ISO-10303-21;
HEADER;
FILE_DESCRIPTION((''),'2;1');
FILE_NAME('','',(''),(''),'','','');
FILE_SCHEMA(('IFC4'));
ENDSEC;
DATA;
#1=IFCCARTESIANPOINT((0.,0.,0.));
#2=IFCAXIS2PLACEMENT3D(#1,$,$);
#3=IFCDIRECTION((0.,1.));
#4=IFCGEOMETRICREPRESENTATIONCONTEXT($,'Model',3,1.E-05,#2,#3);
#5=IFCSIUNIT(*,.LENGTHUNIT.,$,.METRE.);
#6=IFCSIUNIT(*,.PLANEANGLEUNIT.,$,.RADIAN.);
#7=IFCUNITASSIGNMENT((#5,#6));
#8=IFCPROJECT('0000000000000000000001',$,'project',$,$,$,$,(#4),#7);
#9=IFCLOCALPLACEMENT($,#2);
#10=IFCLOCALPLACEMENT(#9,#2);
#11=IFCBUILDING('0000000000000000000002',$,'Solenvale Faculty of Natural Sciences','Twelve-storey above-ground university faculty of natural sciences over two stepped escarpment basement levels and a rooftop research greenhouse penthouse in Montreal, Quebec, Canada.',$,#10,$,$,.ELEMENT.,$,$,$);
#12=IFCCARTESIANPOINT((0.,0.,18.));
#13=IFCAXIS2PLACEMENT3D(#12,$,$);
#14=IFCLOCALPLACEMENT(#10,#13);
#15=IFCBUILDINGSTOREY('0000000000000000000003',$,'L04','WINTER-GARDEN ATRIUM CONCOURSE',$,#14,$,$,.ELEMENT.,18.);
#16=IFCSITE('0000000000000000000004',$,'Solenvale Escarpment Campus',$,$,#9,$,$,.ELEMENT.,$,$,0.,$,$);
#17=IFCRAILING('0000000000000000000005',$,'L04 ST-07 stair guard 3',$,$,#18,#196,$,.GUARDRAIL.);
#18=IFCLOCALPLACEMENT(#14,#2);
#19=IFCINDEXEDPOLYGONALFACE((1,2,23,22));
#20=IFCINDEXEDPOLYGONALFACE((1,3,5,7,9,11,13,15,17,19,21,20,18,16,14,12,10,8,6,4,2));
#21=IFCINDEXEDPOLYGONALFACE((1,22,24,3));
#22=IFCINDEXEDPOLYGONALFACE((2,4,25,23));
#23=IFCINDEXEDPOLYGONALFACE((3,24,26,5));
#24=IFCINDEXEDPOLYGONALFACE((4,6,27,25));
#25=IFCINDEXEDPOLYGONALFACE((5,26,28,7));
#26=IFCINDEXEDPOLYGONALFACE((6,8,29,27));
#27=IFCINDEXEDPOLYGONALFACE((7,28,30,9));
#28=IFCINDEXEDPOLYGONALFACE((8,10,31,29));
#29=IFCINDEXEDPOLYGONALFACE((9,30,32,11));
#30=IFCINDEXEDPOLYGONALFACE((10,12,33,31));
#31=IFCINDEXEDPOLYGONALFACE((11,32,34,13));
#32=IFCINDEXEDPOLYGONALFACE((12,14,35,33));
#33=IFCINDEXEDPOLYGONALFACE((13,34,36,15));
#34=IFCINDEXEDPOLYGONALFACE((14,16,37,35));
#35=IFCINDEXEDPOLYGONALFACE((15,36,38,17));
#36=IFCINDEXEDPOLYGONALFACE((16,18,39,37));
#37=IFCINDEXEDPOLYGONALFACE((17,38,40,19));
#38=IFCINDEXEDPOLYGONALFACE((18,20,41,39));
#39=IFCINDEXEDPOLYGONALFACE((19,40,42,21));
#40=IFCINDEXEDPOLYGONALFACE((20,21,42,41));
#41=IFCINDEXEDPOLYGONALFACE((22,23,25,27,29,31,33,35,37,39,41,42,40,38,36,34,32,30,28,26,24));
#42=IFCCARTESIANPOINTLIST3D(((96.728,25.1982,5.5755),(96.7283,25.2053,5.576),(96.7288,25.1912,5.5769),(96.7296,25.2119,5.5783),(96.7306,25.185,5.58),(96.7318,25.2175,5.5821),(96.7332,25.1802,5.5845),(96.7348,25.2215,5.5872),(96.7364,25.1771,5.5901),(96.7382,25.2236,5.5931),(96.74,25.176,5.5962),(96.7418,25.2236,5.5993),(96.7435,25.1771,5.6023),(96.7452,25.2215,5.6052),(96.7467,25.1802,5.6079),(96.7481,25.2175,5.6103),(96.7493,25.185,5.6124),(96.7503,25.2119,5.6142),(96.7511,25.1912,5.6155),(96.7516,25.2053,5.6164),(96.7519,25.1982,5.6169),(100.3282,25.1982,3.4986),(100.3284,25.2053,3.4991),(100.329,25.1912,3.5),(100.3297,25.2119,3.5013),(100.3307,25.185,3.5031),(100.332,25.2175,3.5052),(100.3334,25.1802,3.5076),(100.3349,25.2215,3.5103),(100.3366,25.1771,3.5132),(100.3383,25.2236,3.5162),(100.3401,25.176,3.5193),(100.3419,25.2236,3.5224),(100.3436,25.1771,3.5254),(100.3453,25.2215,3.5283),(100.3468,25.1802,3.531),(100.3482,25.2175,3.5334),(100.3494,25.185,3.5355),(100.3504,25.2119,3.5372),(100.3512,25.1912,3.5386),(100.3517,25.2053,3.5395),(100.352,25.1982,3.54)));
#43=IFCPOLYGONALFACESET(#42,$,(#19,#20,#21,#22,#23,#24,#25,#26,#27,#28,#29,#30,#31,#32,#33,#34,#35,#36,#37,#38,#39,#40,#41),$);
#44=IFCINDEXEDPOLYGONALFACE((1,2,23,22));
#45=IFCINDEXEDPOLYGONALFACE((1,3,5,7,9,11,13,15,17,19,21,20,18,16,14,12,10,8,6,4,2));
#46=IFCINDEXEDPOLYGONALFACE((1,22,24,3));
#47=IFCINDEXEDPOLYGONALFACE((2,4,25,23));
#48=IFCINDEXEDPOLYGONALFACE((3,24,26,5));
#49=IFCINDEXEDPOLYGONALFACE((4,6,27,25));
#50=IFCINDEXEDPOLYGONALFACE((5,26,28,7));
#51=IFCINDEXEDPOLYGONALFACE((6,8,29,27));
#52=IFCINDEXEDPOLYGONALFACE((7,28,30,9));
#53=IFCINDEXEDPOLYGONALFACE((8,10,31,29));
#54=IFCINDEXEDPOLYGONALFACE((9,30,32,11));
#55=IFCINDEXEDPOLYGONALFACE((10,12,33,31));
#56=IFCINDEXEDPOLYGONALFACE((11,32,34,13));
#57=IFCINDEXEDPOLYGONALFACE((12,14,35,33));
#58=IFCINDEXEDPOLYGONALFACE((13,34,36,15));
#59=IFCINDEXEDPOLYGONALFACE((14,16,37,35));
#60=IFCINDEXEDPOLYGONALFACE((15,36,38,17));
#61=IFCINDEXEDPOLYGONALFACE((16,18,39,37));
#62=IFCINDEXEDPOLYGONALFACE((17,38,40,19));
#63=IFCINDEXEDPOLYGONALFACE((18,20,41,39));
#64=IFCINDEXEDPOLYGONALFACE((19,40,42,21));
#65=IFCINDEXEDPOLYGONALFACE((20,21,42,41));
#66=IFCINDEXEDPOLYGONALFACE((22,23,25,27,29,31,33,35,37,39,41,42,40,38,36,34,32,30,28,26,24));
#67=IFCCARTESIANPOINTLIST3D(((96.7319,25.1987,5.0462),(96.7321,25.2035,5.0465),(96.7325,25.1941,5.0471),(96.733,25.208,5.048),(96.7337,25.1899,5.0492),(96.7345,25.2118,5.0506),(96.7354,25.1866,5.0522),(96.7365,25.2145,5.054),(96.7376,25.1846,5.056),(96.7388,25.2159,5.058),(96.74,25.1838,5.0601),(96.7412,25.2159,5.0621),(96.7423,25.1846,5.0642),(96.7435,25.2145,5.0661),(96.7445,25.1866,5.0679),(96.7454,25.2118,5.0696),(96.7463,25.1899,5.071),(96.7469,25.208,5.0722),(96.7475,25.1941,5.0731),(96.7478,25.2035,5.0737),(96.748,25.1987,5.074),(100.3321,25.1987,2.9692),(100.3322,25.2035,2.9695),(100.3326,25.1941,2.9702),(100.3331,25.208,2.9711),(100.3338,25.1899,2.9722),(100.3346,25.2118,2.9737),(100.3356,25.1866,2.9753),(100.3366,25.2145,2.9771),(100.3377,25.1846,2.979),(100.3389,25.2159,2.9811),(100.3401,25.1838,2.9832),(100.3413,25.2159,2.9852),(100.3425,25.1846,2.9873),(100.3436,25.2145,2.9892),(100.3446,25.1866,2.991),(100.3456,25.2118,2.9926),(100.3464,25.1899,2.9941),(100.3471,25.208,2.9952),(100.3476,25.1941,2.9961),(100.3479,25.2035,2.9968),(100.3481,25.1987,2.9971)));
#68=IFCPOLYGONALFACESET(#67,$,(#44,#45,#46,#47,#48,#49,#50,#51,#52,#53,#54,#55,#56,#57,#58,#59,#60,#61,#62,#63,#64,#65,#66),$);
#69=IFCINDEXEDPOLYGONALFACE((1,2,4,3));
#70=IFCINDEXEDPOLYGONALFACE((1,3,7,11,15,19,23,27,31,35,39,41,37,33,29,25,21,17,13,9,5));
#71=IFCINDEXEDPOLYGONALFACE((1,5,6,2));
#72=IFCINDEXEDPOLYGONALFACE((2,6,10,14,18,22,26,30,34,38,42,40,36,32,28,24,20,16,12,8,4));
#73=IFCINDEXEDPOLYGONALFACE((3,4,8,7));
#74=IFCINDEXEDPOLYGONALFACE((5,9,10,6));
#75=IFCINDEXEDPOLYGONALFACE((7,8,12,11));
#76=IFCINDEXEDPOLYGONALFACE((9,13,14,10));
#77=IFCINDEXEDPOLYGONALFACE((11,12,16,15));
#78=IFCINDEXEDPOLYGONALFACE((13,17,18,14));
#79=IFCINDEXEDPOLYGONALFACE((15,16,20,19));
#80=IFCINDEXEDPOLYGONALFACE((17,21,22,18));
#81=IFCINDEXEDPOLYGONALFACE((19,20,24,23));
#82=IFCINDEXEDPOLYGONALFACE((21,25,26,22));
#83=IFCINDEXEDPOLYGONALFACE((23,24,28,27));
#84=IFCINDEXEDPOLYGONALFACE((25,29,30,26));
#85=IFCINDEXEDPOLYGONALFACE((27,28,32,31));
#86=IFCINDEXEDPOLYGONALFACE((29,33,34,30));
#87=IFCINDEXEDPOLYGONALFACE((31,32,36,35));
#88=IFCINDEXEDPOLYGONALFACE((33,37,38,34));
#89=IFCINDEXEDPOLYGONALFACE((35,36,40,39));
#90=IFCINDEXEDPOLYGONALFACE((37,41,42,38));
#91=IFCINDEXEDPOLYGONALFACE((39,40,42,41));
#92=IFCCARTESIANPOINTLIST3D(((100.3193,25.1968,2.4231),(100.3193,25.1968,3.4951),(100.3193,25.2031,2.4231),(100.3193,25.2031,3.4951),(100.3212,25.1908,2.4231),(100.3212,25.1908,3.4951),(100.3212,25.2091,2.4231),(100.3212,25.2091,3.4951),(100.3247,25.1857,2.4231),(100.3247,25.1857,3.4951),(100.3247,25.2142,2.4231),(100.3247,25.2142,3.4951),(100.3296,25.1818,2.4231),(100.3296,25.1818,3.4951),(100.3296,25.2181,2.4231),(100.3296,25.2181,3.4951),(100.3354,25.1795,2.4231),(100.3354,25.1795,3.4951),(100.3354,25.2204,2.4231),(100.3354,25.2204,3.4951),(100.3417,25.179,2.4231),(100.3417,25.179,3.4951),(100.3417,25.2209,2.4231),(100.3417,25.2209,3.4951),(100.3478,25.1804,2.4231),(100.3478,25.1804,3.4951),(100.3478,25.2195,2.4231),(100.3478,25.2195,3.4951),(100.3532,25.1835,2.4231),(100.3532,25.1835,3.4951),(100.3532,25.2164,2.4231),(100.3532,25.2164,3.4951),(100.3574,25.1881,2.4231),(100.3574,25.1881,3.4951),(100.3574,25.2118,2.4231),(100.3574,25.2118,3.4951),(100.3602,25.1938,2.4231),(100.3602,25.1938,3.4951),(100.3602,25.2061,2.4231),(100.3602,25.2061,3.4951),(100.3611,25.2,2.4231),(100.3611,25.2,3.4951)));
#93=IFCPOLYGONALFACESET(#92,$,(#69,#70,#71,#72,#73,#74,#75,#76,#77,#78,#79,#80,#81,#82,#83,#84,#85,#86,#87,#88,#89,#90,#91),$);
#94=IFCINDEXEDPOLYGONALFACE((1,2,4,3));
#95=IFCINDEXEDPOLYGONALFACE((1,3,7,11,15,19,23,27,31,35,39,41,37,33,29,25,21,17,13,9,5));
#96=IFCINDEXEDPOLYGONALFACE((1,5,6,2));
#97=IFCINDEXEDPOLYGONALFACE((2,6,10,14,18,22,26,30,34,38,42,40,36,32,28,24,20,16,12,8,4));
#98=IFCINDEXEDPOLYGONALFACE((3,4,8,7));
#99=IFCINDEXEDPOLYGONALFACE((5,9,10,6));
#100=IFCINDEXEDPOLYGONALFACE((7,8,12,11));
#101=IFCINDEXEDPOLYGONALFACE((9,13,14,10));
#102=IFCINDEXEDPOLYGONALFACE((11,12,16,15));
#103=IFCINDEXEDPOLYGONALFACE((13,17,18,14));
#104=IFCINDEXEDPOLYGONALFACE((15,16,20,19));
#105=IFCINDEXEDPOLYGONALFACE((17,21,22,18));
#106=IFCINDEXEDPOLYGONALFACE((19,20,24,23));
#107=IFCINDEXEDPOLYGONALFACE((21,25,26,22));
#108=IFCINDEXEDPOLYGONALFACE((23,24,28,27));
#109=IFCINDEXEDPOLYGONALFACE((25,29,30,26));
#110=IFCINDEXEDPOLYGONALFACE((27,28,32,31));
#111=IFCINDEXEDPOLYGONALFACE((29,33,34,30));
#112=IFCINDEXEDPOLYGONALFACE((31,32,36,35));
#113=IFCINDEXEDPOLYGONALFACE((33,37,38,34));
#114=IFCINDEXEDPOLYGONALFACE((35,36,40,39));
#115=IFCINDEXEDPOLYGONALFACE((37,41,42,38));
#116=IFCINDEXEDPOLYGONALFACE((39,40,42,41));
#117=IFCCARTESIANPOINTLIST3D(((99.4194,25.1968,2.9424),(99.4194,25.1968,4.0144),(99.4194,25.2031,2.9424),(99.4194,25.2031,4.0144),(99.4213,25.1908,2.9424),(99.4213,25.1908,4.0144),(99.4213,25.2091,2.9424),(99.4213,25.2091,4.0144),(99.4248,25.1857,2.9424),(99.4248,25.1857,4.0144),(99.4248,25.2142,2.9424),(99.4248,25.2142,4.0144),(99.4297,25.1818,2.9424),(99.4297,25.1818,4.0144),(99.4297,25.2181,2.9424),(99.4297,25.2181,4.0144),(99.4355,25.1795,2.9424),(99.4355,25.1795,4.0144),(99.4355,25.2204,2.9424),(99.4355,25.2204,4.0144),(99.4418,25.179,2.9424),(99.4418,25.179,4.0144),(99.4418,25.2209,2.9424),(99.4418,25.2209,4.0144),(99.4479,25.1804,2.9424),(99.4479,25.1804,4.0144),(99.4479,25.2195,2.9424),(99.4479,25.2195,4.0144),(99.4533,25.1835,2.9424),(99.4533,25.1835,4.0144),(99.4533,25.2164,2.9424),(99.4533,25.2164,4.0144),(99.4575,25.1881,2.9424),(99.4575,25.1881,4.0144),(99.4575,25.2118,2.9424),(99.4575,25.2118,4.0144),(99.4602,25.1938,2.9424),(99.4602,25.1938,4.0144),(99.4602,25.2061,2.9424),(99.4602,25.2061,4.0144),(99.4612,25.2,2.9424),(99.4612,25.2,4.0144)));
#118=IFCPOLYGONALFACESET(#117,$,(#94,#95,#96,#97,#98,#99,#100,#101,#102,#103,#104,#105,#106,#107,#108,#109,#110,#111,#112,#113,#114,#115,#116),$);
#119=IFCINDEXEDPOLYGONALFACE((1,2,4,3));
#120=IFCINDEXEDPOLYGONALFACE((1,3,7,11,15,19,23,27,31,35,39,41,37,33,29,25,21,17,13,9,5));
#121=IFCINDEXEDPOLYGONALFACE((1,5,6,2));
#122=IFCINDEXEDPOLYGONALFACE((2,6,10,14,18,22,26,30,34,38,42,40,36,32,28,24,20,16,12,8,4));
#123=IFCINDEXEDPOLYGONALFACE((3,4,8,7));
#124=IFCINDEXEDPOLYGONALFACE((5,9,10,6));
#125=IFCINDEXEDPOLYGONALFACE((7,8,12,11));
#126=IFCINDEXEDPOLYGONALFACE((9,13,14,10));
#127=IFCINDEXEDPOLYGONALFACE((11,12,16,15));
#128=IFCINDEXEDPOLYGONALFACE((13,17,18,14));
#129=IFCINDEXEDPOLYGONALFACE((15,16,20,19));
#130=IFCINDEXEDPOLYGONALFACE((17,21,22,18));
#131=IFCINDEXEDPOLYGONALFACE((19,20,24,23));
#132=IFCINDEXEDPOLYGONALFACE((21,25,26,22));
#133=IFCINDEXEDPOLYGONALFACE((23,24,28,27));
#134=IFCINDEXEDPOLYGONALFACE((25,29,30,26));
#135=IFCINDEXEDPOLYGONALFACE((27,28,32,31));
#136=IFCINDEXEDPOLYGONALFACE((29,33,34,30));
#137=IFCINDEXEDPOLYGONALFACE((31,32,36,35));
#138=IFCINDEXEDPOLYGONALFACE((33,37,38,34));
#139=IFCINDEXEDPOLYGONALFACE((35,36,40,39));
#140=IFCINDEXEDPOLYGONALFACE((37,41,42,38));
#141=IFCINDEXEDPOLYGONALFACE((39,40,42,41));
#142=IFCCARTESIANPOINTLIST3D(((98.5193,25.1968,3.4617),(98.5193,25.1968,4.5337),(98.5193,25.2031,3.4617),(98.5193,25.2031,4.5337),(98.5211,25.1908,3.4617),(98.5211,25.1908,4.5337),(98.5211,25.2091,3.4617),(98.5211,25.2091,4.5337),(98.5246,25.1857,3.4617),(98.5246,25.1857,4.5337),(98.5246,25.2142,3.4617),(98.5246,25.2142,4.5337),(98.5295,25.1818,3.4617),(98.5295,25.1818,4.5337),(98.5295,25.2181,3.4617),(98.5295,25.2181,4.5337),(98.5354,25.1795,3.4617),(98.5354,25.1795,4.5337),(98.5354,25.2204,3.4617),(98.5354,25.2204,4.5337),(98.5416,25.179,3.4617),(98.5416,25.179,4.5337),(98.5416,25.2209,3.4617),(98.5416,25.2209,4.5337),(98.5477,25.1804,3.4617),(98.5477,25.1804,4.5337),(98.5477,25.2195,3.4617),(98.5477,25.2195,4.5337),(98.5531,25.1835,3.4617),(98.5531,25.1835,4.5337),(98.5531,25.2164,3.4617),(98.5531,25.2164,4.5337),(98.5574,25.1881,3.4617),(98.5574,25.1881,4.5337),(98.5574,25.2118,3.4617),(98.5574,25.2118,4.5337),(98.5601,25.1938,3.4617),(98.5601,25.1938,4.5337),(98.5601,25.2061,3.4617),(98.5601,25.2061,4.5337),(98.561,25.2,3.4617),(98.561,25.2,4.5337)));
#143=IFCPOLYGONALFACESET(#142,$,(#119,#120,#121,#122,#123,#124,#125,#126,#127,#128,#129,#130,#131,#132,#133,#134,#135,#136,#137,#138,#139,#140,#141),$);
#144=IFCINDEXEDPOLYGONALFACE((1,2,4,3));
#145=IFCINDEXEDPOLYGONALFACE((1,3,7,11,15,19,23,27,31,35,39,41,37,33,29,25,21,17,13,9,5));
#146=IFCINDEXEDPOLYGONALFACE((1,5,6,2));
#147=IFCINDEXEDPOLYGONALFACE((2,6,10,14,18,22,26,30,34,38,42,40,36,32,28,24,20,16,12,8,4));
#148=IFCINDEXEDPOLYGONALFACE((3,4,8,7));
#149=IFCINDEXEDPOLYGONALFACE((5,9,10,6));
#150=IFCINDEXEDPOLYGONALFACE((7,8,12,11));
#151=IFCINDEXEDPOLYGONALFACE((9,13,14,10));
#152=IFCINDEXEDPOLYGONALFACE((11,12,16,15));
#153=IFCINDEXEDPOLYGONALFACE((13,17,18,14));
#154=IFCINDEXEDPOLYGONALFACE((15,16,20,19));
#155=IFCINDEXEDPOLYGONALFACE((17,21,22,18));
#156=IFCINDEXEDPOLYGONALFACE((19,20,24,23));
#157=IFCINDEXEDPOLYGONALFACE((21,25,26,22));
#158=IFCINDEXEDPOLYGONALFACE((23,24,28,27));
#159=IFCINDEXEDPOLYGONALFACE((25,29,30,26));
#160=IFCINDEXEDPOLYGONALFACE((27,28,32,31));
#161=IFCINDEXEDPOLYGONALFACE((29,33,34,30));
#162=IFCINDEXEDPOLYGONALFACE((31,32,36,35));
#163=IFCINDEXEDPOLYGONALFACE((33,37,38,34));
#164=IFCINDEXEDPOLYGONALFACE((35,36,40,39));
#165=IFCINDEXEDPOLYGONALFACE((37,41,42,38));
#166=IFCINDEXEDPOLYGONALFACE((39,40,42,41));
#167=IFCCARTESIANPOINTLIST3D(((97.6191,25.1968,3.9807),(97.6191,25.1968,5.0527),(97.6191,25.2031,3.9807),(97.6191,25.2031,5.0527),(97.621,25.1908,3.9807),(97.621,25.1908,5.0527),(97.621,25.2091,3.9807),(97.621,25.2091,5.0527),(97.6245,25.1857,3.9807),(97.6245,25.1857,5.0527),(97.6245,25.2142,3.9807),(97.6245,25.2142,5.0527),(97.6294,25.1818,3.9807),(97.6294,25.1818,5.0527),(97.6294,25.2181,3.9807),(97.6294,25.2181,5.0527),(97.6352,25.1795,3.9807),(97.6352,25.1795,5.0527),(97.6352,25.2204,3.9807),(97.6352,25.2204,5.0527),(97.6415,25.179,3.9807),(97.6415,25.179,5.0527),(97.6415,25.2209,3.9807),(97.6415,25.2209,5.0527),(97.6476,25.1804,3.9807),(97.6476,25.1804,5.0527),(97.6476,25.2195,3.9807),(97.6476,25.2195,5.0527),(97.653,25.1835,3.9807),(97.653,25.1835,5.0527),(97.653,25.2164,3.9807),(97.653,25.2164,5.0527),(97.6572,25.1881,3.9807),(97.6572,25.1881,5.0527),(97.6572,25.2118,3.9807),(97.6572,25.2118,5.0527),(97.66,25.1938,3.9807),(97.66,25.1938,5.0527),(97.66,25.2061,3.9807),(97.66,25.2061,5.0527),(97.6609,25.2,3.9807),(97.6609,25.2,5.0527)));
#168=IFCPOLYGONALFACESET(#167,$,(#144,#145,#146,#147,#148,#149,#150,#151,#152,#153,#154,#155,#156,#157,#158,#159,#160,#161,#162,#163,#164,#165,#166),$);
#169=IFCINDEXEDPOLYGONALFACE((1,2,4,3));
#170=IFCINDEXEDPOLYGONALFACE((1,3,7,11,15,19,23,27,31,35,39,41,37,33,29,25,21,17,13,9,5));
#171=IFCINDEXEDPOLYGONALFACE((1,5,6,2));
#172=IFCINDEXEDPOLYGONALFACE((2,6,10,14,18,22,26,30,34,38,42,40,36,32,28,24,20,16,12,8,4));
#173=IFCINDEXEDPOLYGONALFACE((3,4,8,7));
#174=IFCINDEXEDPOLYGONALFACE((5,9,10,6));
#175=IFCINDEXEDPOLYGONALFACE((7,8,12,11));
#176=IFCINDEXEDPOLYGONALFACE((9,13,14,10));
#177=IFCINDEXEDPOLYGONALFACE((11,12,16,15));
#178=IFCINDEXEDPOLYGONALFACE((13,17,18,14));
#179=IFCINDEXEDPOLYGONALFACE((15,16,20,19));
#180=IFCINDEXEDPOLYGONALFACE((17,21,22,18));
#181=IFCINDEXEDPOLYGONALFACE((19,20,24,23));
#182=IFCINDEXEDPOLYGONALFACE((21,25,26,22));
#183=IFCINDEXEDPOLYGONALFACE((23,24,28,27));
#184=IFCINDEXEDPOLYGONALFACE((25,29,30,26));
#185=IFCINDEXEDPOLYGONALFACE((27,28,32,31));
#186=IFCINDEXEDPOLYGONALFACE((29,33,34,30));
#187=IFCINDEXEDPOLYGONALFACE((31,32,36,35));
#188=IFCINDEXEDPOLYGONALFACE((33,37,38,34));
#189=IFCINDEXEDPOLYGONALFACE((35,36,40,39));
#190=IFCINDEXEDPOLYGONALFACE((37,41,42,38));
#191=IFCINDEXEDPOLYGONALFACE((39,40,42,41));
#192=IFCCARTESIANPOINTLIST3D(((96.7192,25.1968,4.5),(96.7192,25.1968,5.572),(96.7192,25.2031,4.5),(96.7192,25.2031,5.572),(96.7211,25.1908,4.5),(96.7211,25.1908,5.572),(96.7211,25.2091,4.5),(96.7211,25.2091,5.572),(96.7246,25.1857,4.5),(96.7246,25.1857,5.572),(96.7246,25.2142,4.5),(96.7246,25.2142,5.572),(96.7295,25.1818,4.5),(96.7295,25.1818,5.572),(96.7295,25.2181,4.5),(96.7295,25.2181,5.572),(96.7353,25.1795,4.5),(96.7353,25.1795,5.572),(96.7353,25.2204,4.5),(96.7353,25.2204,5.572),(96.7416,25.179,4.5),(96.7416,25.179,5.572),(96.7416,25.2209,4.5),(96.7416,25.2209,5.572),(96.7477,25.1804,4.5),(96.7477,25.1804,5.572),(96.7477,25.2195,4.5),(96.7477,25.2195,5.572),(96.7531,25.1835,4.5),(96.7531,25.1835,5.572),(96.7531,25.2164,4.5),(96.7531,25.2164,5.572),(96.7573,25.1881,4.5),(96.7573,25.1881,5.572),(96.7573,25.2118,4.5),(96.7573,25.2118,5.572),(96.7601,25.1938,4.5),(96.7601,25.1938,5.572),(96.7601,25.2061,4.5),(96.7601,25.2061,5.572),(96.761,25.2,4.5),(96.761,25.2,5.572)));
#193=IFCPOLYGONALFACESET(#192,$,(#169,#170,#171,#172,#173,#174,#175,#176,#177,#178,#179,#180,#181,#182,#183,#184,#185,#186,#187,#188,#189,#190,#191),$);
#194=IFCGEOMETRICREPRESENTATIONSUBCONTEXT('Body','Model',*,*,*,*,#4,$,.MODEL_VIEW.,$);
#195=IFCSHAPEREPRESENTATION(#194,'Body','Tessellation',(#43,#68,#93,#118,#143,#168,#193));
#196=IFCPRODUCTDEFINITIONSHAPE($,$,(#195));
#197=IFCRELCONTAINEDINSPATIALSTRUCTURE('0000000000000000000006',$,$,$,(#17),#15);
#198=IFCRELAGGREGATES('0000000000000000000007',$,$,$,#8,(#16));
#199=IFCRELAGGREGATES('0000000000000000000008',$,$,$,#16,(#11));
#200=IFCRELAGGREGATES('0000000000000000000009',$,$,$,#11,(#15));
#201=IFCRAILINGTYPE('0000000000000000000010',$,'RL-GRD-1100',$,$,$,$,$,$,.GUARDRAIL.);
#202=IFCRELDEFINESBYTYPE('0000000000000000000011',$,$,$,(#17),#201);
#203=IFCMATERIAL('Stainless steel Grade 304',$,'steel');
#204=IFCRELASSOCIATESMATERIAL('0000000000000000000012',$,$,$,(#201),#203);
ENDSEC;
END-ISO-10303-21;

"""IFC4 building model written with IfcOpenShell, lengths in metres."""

from ifc_helpers import new_model, si_unit, direction, frame, origin, origin_2d, place, context, subcontext, project, spatial, circle, extrude, material, type_object, element, save


model = new_model("IFC4")

# Units and contexts
model_context = context("Model", 3, precision=1e-05, world=origin(), true_north=direction((0.0, 1.0)))
body_context = subcontext(model_context, "Body", "Model", "MODEL_VIEW")
ifc_project = project(units=[si_unit("LENGTHUNIT", "METRE"), si_unit("PLANEANGLEUNIT", "RADIAN")], contexts=[model_context])

# Site, building, storey
site_placement = place(None, origin())
site = spatial("IfcSite", under=ifc_project, at=site_placement, Name="Solenvale Escarpment Campus", CompositionType="ELEMENT", RefElevation=0.0)
building_placement = place(site_placement, origin())
building = spatial("IfcBuilding", under=site, at=building_placement, Name="Solenvale Faculty of Natural Sciences", Description="Twelve-storey above-ground university faculty of natural sciences over two stepped escarpment basement levels and a rooftop research greenhouse penthouse in Montreal, Quebec, Canada.", CompositionType="ELEMENT")
storey_placement = place(building_placement, frame((0.0, 0.0, 18.0)))
storey = spatial("IfcBuildingStorey", under=building, at=storey_placement, Name="L04", Description="WINTER-GARDEN ATRIUM CONCOURSE", CompositionType="ELEMENT", Elevation=18.0)

# Railing
ifc_material_1 = material(Name="Stainless steel Grade 304", Category="steel")
railing_type_1 = type_object("IfcRailingType", Name="RL-GRD-1100", PredefinedType="GUARDRAIL", material=ifc_material_1)
railing_1_placement = place(storey_placement, frame((100.3401, 25.2, 2.4231)))
element("IfcRailing", 1, at=railing_1_placement, inside=storey, type_object=railing_type_1, Name="L04 ST-07 stair guard 3", PredefinedType="GUARDRAIL", context=body_context, shape_type="SweptSolid", body=[
    extrude(circle(Radius=0.0239, at=origin_2d()), frame((0.0, 0.0, 1.0962), z_axis=(-0.866193, 0.0, 0.499709), x_axis=(0.0, -1.0, 0.0)), (0.0, 0.0, 1.0), 4.1562),
    extrude(circle(Radius=0.0161, at=origin_2d()), frame((0.0, 0.0, 0.5601), z_axis=(-0.866193, 0.0, 0.499709), x_axis=(0.0, -1.0, 0.0)), (0.0, 0.0, 1.0), 4.1562),
    extrude(circle(Radius=0.021, at=origin_2d()), origin(), (0.0, 0.0, 1.0), 1.072),
    extrude(circle(Radius=0.021, at=origin_2d()), frame((-0.8999, 0.0, 0.5193)), (0.0, 0.0, 1.0), 1.072),
    extrude(circle(Radius=0.021, at=origin_2d()), frame((-1.8, 0.0, 1.0386)), (0.0, 0.0, 1.0), 1.072),
    extrude(circle(Radius=0.021, at=origin_2d()), frame((-2.7002, 0.0, 1.5576)), (0.0, 0.0, 1.0), 1.072),
    extrude(circle(Radius=0.021, at=origin_2d()), frame((-3.6001, 0.0, 2.0769)), (0.0, 0.0, 1.0), 1.072),
])

save(model, "model.ifc")
